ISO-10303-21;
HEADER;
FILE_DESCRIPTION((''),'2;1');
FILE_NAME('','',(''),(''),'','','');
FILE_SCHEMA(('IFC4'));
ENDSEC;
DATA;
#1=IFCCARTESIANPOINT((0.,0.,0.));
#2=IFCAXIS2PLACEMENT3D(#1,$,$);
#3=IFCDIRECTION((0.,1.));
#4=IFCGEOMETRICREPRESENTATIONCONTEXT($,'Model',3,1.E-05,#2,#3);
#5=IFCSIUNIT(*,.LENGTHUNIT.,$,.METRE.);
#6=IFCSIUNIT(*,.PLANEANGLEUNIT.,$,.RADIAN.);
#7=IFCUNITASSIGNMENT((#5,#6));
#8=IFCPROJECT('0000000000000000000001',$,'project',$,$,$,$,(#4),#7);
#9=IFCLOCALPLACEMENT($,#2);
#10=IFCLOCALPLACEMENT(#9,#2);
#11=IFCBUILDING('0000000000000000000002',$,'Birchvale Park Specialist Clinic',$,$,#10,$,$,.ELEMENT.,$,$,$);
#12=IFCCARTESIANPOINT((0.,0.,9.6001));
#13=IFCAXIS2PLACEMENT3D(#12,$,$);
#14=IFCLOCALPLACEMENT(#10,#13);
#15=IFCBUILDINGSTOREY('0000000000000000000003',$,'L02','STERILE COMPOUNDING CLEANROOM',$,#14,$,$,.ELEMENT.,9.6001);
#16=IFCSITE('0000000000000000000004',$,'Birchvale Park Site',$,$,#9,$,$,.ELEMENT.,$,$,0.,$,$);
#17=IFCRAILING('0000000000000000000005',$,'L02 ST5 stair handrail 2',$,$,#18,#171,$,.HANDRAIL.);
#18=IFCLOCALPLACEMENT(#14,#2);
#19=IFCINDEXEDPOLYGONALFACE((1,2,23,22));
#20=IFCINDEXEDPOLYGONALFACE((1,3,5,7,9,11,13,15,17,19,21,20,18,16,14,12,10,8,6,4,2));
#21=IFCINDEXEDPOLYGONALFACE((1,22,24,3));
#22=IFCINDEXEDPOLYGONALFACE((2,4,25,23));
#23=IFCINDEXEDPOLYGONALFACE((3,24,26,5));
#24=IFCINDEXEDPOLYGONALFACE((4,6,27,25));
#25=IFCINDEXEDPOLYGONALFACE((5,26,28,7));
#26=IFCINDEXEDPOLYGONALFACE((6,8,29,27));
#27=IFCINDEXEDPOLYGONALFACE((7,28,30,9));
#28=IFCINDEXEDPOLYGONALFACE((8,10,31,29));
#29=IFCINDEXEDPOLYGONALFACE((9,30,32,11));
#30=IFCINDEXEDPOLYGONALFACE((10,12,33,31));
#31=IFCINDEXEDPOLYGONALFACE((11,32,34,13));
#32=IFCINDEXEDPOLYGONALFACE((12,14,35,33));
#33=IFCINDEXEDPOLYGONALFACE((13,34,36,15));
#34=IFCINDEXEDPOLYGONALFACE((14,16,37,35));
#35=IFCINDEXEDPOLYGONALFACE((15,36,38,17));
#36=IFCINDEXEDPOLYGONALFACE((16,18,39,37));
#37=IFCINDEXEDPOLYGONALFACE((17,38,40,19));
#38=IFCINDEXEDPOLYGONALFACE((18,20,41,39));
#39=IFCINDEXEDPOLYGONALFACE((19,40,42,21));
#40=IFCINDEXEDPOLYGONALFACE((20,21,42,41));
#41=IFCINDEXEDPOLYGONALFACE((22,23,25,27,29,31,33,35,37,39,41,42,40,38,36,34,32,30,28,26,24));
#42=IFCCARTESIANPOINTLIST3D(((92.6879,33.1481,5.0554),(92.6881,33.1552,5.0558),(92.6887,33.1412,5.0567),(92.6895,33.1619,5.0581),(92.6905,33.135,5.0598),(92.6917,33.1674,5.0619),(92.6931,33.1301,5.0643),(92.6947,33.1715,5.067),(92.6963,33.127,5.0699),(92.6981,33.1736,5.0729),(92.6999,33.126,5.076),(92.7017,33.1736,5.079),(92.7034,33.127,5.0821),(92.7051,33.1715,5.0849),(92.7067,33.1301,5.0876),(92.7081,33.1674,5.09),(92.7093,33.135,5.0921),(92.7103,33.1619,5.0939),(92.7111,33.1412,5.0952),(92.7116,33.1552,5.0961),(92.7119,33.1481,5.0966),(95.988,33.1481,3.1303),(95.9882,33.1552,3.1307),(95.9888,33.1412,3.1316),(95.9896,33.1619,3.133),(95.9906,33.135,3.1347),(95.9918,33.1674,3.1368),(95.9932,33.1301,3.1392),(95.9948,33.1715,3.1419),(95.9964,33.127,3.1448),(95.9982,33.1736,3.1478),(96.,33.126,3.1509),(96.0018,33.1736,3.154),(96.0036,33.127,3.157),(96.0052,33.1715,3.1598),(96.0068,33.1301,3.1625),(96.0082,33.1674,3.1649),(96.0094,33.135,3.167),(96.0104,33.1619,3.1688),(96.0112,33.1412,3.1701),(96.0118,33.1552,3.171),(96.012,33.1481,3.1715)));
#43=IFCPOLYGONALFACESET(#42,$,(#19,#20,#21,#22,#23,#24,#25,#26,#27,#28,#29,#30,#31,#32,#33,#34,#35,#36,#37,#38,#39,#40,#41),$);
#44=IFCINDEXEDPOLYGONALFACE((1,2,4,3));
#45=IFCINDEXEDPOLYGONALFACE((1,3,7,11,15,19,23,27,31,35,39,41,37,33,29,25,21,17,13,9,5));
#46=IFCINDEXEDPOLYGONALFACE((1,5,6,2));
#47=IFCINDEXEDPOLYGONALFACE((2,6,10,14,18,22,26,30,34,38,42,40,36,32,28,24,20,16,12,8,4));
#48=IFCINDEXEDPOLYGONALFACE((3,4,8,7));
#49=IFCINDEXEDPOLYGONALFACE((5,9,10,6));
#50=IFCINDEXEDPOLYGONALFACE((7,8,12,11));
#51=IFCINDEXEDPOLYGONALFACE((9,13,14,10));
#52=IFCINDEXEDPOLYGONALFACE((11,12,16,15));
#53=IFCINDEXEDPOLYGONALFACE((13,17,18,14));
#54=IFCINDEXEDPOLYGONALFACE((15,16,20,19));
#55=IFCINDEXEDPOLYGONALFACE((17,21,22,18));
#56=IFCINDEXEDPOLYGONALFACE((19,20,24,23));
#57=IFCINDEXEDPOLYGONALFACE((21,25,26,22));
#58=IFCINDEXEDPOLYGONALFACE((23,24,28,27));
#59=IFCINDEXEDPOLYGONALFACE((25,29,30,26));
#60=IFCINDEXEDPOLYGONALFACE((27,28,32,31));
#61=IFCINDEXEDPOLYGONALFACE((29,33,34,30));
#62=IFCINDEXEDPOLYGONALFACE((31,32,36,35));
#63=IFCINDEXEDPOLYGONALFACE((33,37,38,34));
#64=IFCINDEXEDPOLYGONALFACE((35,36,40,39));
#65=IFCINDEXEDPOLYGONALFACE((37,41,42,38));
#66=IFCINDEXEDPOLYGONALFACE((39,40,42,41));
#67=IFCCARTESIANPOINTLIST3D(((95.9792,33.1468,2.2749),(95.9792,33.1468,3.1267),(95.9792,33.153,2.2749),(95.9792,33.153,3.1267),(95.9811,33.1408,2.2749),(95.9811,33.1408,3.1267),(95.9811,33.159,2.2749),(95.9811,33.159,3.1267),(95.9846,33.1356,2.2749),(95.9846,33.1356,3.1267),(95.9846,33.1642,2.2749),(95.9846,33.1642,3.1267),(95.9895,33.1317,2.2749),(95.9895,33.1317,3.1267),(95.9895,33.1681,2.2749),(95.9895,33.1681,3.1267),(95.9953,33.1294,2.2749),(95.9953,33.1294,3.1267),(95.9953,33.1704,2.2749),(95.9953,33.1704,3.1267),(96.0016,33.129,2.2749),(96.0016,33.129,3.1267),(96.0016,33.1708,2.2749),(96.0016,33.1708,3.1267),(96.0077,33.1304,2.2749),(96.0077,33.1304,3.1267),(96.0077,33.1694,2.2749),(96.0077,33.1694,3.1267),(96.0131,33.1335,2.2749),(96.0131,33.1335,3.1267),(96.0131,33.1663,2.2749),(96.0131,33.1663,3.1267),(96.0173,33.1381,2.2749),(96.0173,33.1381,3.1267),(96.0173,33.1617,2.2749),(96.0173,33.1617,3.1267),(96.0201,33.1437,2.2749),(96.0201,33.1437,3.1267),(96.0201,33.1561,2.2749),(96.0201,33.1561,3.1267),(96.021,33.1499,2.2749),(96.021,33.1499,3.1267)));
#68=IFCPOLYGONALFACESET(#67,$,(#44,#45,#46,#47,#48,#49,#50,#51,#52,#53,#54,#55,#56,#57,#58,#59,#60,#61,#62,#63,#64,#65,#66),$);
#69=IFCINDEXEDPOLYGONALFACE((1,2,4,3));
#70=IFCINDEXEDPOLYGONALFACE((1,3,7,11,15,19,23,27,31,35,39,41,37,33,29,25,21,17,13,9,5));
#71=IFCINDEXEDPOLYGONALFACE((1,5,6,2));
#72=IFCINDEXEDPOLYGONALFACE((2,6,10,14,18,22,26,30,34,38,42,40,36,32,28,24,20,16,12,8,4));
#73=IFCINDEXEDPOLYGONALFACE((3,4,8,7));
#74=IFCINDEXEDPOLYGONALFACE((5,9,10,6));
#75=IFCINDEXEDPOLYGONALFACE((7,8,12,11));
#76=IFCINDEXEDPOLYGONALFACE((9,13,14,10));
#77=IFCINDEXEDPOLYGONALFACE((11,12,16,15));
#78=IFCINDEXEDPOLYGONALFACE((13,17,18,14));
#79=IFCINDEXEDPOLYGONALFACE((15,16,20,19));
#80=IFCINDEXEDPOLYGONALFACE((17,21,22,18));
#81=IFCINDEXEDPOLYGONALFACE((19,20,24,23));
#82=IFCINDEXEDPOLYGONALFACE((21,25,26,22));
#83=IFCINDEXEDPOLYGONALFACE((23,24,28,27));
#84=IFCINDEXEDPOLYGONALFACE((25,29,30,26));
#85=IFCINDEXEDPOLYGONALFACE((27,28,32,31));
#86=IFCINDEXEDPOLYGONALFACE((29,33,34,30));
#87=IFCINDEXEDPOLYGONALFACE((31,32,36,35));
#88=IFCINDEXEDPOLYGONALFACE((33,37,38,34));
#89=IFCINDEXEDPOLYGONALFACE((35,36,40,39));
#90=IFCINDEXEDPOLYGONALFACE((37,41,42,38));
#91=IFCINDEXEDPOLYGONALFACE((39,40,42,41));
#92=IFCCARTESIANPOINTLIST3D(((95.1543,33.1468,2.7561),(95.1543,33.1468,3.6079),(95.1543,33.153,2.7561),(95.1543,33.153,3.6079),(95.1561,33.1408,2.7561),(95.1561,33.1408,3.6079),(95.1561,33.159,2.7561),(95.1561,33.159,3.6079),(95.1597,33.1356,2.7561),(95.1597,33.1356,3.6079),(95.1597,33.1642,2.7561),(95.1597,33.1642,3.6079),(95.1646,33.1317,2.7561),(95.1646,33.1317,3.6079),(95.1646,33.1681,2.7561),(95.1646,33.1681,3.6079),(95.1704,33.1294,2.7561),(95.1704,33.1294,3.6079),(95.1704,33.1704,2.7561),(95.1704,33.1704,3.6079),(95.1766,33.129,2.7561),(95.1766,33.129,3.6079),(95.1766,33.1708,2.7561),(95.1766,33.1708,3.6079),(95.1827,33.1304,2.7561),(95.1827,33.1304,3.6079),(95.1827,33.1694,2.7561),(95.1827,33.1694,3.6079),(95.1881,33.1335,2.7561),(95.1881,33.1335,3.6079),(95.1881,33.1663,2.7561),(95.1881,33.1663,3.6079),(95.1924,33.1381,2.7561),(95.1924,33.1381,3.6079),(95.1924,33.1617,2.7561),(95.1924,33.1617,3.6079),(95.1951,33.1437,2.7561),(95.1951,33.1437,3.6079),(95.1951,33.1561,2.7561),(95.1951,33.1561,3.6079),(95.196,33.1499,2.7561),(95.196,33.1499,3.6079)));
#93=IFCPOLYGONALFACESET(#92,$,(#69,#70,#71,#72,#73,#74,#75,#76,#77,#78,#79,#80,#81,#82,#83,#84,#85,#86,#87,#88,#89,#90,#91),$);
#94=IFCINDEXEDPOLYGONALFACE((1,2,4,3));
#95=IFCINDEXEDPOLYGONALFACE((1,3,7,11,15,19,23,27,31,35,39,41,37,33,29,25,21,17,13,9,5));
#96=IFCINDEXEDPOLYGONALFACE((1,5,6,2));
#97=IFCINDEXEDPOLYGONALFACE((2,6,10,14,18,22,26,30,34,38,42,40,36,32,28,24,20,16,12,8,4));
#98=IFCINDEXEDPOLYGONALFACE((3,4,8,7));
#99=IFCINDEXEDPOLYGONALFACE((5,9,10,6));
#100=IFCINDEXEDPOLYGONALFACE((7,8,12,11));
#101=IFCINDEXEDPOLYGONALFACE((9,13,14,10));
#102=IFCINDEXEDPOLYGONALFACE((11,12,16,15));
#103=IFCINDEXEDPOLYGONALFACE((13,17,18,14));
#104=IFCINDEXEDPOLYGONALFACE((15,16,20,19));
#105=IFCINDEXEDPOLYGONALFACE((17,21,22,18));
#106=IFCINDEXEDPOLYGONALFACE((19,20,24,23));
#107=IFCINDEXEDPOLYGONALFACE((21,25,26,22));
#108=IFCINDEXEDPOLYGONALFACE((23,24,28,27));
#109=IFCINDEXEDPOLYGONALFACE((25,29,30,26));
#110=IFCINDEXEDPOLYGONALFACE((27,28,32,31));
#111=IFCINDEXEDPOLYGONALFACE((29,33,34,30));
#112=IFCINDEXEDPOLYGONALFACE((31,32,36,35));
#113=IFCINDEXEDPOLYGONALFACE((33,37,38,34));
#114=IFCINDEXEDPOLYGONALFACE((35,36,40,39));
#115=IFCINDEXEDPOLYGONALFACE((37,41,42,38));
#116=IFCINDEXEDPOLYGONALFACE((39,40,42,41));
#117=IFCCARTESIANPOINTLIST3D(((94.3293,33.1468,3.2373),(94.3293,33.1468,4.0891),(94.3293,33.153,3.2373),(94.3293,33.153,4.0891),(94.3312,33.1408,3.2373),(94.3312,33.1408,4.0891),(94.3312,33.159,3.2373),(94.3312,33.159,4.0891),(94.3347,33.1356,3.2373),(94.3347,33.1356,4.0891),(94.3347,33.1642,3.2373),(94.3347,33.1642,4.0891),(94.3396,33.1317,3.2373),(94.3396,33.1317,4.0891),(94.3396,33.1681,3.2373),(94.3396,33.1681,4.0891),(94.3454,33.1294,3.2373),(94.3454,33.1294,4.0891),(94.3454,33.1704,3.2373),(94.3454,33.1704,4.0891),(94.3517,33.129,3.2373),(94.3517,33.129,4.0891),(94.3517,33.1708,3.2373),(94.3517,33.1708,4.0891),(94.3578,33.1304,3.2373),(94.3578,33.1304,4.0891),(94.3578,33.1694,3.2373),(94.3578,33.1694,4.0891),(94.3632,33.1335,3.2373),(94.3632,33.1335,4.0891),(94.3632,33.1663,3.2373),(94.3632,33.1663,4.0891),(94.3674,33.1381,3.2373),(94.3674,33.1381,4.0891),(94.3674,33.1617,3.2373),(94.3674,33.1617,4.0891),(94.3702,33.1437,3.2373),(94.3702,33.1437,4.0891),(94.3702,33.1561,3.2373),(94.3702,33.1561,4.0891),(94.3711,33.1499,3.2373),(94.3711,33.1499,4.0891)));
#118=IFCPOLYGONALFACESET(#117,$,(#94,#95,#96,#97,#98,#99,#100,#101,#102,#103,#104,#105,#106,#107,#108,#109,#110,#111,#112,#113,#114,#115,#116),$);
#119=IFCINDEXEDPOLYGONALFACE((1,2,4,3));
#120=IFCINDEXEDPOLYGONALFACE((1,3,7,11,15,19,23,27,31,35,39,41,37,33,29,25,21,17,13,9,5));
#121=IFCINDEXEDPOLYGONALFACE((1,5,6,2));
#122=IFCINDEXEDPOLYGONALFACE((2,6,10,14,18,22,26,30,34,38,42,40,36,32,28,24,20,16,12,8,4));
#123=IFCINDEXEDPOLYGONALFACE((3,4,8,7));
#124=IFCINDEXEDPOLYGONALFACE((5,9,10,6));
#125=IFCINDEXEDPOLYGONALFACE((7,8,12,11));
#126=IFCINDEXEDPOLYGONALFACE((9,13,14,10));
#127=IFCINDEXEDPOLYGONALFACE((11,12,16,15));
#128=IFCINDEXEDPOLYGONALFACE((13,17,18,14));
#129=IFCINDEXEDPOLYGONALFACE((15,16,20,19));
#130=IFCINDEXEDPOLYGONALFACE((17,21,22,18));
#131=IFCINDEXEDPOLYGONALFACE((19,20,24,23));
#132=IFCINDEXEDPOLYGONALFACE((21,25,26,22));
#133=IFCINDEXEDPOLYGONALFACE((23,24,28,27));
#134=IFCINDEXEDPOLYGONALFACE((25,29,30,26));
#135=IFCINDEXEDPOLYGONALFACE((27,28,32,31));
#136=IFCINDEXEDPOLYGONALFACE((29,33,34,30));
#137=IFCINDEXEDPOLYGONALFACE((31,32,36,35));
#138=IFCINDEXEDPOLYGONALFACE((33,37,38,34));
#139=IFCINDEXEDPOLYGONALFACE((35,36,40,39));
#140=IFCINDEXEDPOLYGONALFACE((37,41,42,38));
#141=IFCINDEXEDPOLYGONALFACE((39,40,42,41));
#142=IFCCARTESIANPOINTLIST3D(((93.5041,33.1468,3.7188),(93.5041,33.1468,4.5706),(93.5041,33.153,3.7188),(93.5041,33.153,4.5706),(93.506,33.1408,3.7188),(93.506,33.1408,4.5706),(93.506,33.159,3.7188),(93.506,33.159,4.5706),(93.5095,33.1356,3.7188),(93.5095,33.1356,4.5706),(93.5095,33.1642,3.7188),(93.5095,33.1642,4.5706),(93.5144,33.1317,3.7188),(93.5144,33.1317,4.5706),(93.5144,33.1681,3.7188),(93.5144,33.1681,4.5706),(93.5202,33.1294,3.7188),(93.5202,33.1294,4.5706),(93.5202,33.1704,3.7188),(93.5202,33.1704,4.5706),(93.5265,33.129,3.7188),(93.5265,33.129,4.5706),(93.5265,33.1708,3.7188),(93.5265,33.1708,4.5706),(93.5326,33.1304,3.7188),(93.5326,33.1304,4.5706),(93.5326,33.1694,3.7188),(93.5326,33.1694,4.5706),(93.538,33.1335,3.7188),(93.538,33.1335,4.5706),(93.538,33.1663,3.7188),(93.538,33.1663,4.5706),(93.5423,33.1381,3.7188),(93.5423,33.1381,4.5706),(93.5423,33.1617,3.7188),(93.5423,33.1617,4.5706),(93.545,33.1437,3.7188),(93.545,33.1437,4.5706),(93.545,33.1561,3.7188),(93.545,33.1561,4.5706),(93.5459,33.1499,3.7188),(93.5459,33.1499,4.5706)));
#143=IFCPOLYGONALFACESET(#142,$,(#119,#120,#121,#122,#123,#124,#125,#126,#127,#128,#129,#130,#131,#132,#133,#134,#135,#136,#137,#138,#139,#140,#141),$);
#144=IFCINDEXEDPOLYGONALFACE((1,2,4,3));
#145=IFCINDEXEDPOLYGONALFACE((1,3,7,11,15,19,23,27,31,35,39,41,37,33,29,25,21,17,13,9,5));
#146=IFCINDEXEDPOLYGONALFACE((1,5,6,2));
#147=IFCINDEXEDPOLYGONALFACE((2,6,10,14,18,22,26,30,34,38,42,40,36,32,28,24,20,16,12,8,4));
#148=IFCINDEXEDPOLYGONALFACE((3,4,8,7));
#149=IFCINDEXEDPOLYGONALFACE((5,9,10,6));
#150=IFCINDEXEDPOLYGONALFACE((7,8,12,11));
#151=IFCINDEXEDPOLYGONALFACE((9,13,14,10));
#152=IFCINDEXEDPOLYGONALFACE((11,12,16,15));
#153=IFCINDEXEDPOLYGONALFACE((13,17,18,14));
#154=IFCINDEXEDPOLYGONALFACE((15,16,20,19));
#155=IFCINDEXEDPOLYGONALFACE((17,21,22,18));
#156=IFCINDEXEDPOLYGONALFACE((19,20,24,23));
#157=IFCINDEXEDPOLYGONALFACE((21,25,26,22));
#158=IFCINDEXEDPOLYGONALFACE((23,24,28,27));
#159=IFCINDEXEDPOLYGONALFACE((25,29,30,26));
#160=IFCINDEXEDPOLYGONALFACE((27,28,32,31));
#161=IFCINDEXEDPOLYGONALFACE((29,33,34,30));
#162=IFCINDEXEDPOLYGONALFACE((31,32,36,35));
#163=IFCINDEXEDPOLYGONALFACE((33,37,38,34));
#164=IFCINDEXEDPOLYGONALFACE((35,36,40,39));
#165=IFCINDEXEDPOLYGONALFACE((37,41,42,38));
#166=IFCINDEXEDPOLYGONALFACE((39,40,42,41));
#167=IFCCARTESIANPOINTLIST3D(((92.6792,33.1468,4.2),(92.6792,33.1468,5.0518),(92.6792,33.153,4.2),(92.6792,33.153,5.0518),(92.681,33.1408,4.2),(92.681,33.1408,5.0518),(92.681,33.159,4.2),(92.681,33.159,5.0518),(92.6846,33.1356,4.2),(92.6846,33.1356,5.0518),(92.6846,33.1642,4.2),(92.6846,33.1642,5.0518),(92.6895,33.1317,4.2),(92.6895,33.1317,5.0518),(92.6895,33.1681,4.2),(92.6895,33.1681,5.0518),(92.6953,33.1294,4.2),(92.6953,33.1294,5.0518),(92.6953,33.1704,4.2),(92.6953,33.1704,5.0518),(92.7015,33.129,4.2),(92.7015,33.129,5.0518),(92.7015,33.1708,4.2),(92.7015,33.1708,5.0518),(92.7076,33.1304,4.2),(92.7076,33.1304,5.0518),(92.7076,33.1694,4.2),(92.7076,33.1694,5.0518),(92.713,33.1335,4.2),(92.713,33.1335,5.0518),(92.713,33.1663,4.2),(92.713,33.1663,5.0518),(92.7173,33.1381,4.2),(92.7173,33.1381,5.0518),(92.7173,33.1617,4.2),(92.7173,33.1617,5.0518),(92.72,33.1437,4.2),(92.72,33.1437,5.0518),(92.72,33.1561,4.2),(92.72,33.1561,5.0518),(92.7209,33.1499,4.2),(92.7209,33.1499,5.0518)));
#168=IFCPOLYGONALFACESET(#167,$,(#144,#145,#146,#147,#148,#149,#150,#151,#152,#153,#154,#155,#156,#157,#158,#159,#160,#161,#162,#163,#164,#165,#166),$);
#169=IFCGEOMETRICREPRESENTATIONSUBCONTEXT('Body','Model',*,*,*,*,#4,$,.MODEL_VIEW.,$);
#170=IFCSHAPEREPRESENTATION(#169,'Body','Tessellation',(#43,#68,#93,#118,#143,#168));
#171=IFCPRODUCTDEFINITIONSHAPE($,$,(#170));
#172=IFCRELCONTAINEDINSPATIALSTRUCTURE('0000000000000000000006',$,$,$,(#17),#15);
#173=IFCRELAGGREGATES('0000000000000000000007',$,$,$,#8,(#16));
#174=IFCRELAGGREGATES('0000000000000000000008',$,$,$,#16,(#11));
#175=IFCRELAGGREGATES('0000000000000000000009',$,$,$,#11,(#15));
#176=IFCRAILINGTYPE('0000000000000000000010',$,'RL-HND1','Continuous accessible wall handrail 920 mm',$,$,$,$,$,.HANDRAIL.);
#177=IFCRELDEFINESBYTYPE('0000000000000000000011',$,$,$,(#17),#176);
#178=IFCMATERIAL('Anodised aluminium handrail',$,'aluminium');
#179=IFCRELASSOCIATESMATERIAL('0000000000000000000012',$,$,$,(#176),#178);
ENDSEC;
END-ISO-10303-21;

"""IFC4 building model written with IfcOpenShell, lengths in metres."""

from ifc_helpers import new_model, si_unit, direction, frame, origin, origin_2d, place, context, subcontext, project, spatial, circle, extrude, material, type_object, element, save


model = new_model("IFC4")

# Units and contexts
model_context = context("Model", 3, precision=1e-05, world=origin(), true_north=direction((0.0, 1.0)))
body_context = subcontext(model_context, "Body", "Model", "MODEL_VIEW")
ifc_project = project(units=[si_unit("LENGTHUNIT", "METRE"), si_unit("PLANEANGLEUNIT", "RADIAN")], contexts=[model_context])

# Site, building, storey
site_placement = place(None, origin())
site = spatial("IfcSite", under=ifc_project, at=site_placement, Name="Birchvale Park Site", CompositionType="ELEMENT", RefElevation=0.0)
building_placement = place(site_placement, origin())
building = spatial("IfcBuilding", under=site, at=building_placement, Name="Birchvale Park Specialist Clinic", CompositionType="ELEMENT")
storey_placement = place(building_placement, frame((0.0, 0.0, 9.6001)))
storey = spatial("IfcBuildingStorey", under=building, at=storey_placement, Name="L02", Description="STERILE COMPOUNDING CLEANROOM", CompositionType="ELEMENT", Elevation=9.6001)

# Railing
ifc_material_1 = material(Name="Anodised aluminium handrail", Category="aluminium")
railing_type_1 = type_object("IfcRailingType", Name="RL-HND1", Description="Continuous accessible wall handrail 920 mm", PredefinedType="HANDRAIL", material=ifc_material_1)
railing_1_placement = place(storey_placement, frame((96.0, 33.1499, 2.2749)))
element("IfcRailing", 1, at=railing_1_placement, inside=storey, type_object=railing_type_1, Name="L02 ST5 stair handrail 2", PredefinedType="HANDRAIL", context=body_context, shape_type="SweptSolid", body=[
    extrude(circle(Radius=0.0239, at=origin_2d()), frame((0.0, 0.0, 0.876), z_axis=(-0.863777, 0.0, 0.503875), x_axis=(0.0, -1.0, 0.0)), (0.0, 0.0, 1.0), 3.8206),
    extrude(circle(Radius=0.021, at=origin_2d()), origin(), (0.0, 0.0, 1.0), 0.8518),
    extrude(circle(Radius=0.021, at=origin_2d()), frame((-0.825, 0.0, 0.4812)), (0.0, 0.0, 1.0), 0.8518),
    extrude(circle(Radius=0.021, at=origin_2d()), frame((-1.6499, 0.0, 0.9624)), (0.0, 0.0, 1.0), 0.8518),
    extrude(circle(Radius=0.021, at=origin_2d()), frame((-2.4751, 0.0, 1.4438)), (0.0, 0.0, 1.0), 0.8518),
    extrude(circle(Radius=0.021, at=origin_2d()), frame((-3.3, 0.0, 1.925)), (0.0, 0.0, 1.0), 0.8518),
])

save(model, "model.ifc")
